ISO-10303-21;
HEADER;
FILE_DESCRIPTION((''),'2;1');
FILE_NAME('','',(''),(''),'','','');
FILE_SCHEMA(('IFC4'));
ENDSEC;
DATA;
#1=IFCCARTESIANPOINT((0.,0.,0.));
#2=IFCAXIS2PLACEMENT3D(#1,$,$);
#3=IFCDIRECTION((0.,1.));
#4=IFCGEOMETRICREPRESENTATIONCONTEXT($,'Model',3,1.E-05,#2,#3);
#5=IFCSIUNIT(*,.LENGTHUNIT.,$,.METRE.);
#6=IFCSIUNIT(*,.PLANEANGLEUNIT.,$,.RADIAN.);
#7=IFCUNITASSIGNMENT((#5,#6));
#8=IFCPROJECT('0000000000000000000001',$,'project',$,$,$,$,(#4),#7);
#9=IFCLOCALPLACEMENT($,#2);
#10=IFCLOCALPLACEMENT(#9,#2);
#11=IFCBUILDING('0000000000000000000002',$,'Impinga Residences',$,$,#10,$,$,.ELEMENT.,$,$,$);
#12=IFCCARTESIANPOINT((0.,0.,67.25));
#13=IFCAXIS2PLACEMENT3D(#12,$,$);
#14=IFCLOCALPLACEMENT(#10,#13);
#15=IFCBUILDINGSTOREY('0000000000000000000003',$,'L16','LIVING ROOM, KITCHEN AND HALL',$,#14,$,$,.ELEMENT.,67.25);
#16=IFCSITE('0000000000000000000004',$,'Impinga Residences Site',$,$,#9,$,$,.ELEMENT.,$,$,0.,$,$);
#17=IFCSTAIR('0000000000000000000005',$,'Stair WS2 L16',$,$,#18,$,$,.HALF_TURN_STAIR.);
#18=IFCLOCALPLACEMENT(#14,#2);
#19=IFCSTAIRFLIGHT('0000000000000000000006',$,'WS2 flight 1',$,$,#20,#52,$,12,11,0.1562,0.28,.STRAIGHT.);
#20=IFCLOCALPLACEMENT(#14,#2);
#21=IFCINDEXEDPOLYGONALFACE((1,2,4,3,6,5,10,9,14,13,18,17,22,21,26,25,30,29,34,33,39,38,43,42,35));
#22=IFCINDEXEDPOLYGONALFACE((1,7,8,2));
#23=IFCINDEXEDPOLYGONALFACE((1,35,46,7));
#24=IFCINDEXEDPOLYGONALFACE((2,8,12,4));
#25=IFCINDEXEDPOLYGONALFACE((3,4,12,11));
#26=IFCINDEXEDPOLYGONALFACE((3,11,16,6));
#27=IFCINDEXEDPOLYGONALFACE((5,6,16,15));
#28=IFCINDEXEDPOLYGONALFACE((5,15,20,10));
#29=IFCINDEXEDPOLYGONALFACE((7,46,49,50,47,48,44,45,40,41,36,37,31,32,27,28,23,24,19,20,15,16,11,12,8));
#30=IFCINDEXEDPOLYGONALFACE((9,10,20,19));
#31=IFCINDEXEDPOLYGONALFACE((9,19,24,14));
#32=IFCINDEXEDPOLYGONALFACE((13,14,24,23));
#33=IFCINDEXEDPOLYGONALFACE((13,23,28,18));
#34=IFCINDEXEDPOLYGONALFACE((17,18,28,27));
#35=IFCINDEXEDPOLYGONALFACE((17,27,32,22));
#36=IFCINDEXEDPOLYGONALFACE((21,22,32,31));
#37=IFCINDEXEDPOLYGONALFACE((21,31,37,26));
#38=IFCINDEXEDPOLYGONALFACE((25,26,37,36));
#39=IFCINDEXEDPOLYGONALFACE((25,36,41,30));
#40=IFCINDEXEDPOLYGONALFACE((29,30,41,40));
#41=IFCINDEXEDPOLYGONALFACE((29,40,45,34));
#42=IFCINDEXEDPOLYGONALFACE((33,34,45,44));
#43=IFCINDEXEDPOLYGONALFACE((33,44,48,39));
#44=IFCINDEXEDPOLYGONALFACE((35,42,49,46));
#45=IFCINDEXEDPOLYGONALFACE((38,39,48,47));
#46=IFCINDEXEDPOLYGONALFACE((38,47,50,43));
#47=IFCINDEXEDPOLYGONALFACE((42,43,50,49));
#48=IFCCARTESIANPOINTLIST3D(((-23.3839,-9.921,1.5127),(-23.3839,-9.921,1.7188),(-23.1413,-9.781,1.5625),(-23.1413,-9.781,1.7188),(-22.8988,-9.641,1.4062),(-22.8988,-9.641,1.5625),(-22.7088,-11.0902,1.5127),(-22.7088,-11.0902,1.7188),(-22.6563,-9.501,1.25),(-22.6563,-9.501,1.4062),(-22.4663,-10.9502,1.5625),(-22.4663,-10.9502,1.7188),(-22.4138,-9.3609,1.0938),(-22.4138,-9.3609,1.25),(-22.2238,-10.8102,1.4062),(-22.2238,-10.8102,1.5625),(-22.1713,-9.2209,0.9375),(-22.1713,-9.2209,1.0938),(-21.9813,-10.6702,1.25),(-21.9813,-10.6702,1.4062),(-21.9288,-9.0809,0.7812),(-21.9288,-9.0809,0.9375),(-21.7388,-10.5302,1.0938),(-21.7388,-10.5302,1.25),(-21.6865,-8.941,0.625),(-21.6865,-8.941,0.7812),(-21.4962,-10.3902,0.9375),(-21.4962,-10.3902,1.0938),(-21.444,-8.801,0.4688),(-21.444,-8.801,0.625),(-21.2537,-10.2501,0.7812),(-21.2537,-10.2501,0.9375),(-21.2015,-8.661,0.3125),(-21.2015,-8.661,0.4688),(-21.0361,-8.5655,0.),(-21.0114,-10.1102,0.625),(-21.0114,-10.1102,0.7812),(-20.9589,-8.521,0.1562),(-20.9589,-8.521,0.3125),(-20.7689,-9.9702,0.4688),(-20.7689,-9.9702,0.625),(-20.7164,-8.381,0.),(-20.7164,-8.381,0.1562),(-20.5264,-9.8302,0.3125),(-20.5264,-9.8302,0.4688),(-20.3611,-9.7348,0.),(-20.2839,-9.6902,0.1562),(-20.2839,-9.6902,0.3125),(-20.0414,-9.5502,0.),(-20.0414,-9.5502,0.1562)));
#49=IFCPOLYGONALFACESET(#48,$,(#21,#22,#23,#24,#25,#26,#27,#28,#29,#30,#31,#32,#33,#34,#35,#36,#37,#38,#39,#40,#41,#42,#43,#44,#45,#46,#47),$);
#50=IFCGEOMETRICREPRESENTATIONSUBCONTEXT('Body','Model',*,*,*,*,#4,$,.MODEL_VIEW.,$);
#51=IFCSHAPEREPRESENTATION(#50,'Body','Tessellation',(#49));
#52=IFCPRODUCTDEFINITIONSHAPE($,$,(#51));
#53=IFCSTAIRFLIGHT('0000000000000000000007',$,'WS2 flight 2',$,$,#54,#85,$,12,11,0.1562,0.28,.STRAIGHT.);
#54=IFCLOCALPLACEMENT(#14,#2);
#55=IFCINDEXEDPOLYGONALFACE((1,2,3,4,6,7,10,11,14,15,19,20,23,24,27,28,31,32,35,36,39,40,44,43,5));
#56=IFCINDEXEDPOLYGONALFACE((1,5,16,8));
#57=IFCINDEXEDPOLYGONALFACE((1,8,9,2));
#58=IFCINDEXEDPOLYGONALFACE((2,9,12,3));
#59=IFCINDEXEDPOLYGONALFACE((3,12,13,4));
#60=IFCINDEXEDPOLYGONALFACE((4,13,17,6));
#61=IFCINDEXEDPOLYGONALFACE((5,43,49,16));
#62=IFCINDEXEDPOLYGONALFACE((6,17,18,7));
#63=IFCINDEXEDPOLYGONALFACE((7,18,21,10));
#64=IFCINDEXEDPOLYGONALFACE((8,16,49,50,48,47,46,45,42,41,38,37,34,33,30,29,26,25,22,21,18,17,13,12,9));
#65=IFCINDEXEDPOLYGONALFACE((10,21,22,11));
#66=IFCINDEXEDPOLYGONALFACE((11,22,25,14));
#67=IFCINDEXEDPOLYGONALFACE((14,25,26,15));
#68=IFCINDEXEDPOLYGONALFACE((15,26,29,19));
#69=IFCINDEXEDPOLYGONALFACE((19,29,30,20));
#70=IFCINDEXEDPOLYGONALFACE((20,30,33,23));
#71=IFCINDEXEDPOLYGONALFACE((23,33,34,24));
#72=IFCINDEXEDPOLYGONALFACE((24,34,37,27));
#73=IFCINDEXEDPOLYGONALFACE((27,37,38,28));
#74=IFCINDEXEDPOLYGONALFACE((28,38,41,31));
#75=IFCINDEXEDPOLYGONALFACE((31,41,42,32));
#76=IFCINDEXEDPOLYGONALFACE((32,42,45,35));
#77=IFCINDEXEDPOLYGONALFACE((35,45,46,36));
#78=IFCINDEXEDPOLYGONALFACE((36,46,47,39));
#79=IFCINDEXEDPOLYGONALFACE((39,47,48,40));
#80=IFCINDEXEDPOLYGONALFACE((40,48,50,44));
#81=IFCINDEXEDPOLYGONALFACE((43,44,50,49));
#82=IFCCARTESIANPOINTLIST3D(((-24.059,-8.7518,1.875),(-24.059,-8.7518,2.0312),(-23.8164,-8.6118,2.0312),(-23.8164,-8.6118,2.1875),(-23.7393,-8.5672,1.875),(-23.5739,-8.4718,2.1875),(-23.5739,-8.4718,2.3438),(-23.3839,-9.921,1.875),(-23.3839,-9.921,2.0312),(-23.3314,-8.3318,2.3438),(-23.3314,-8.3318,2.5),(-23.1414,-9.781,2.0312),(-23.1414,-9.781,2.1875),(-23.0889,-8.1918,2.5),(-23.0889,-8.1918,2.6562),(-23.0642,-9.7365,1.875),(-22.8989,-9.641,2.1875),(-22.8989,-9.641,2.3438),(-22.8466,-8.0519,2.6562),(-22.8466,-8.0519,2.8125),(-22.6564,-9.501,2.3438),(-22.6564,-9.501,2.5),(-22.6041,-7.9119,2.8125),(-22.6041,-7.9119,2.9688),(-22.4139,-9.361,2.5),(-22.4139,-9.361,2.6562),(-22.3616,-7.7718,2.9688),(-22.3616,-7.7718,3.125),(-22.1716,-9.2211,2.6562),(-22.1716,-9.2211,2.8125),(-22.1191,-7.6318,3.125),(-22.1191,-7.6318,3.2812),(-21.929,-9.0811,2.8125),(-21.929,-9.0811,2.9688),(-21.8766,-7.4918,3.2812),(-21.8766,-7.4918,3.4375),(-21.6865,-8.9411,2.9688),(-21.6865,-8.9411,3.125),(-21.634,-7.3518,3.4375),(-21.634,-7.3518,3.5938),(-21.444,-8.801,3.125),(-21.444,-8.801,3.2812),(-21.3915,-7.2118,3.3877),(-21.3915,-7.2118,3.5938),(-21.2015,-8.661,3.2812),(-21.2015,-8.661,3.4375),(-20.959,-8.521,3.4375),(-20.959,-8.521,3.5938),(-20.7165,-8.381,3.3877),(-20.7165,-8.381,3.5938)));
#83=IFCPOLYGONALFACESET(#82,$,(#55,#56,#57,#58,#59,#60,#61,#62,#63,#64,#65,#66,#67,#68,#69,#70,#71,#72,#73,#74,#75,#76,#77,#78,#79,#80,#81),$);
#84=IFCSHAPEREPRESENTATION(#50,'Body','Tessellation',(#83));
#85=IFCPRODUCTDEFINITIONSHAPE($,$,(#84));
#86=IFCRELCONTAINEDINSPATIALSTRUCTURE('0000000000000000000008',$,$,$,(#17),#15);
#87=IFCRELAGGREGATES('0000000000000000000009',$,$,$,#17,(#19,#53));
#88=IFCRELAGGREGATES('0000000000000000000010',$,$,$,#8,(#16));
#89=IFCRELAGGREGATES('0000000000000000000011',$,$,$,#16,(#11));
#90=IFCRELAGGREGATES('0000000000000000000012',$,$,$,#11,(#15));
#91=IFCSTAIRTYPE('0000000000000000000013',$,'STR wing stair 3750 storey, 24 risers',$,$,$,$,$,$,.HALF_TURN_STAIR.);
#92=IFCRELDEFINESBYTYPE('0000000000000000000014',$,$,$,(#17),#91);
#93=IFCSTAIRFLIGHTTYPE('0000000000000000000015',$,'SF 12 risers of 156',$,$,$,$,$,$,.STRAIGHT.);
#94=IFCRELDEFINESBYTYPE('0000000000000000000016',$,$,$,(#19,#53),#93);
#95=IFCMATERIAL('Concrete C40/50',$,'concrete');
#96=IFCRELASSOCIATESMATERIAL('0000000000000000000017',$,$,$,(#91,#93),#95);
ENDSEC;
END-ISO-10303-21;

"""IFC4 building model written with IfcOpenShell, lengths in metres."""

from ifc_helpers import new_model, si_unit, direction, frame, origin, place, context, subcontext, project, spatial, polyline, outline, extrude, material, type_object, element, aggregate, save


model = new_model("IFC4")

# Units and contexts
model_context = context("Model", 3, precision=1e-05, world=origin(), true_north=direction((0.0, 1.0)))
body_context = subcontext(model_context, "Body", "Model", "MODEL_VIEW")
ifc_project = project(units=[si_unit("LENGTHUNIT", "METRE"), si_unit("PLANEANGLEUNIT", "RADIAN")], contexts=[model_context])

# Site, building, storey
site_placement = place(None, origin())
site = spatial("IfcSite", under=ifc_project, at=site_placement, Name="Impinga Residences Site", CompositionType="ELEMENT", RefElevation=0.0)
building_placement = place(site_placement, origin())
building = spatial("IfcBuilding", under=site, at=building_placement, Name="Impinga Residences", CompositionType="ELEMENT")
storey_placement = place(building_placement, frame((0.0, 0.0, 67.25)))
storey = spatial("IfcBuildingStorey", under=building, at=storey_placement, Name="L16", Description="LIVING ROOM, KITCHEN AND HALL", CompositionType="ELEMENT", Elevation=67.25)

# Stair, stair flights
ifc_material_1 = material(Name="Concrete C40/50", Category="concrete")
stair_type = type_object("IfcStairType", Name="STR wing stair 3750 storey, 24 risers", PredefinedType="HALF_TURN_STAIR", material=ifc_material_1)
stair_placement = place(storey_placement, origin())
stair = element("IfcStair", 1, at=stair_placement, inside=storey, type_object=stair_type, Name="Stair WS2 L16", PredefinedType="HALF_TURN_STAIR")
stair_flight_type = type_object("IfcStairFlightType", Name="SF 12 risers of 156", PredefinedType="STRAIGHT", material=ifc_material_1)
stair_flight_1_placement = place(storey_placement, frame((-20.3789, -8.9656, 0.0), z_axis=(0.0, 0.0, 1.0), x_axis=(-0.866025, -0.5, 0.0)))
stair_flight_1 = element("IfcStairFlight", 2, at=stair_flight_1_placement, type_object=stair_flight_type, Name="WS2 flight 1", NumberOfRisers=12, NumberOfTreads=11, PredefinedType="STRAIGHT", RiserHeight=0.1562, TreadLength=0.28, context=body_context, shape_type="SweptSolid", body=[
    extrude(outline(polyline([(0.0, 0.0), (0.0, 0.1562), (0.28, 0.1562), (0.28, 0.3125), (0.5601, 0.3125), (0.5601, 0.4688), (0.8401, 0.4688), (0.8401, 0.625), (1.1201, 0.625), (1.1201, 0.7812), (1.3999, 0.7812), (1.3999, 0.9375), (1.6799, 0.9375), (1.6799, 1.0938), (1.96, 1.0938), (1.96, 1.25), (2.24, 1.25), (2.24, 1.4062), (2.52, 1.4062), (2.52, 1.5625), (2.8, 1.5625), (2.8, 1.7188), (3.0801, 1.7188), (3.0801, 1.875), (3.0801, 1.5127), (0.3691, 0.0), (0.0, 0.0)])), frame((0.0, 0.675, 0.0), z_axis=(0.0, -1.0, 0.0), x_axis=(1.0, 0.0, 0.0)), (0.0, 0.0, 1.0), 1.3501),
])
stair_flight_2_placement = place(storey_placement, frame((-23.7214, -9.3364, 1.875), z_axis=(0.0, 0.0, 1.0), x_axis=(0.866025, 0.5, 0.0)))
stair_flight_2 = element("IfcStairFlight", 3, at=stair_flight_2_placement, type_object=stair_flight_type, Name="WS2 flight 2", NumberOfRisers=12, NumberOfTreads=11, PredefinedType="STRAIGHT", RiserHeight=0.1562, TreadLength=0.28, context=body_context, shape_type="SweptSolid", body=[
    extrude(outline(polyline([(0.0, 0.0), (0.0, 0.1562), (0.28, 0.1562), (0.28, 0.3125), (0.5601, 0.3125), (0.5601, 0.4688), (0.8401, 0.4688), (0.8401, 0.625), (1.1201, 0.625), (1.1201, 0.7812), (1.3999, 0.7812), (1.3999, 0.9375), (1.6799, 0.9375), (1.6799, 1.0938), (1.96, 1.0938), (1.96, 1.25), (2.24, 1.25), (2.24, 1.4062), (2.52, 1.4062), (2.52, 1.5625), (2.8, 1.5625), (2.8, 1.7188), (3.0801, 1.7188), (3.0801, 1.875), (3.0801, 1.5127), (0.3691, 0.0), (0.0, 0.0)])), frame((0.0, 0.675, 0.0), z_axis=(0.0, -1.0, 0.0), x_axis=(1.0, 0.0, 0.0)), (0.0, 0.0, 1.0), 1.3501),
])
aggregate(stair, [stair_flight_1, stair_flight_2])

save(model, "model.ifc")
